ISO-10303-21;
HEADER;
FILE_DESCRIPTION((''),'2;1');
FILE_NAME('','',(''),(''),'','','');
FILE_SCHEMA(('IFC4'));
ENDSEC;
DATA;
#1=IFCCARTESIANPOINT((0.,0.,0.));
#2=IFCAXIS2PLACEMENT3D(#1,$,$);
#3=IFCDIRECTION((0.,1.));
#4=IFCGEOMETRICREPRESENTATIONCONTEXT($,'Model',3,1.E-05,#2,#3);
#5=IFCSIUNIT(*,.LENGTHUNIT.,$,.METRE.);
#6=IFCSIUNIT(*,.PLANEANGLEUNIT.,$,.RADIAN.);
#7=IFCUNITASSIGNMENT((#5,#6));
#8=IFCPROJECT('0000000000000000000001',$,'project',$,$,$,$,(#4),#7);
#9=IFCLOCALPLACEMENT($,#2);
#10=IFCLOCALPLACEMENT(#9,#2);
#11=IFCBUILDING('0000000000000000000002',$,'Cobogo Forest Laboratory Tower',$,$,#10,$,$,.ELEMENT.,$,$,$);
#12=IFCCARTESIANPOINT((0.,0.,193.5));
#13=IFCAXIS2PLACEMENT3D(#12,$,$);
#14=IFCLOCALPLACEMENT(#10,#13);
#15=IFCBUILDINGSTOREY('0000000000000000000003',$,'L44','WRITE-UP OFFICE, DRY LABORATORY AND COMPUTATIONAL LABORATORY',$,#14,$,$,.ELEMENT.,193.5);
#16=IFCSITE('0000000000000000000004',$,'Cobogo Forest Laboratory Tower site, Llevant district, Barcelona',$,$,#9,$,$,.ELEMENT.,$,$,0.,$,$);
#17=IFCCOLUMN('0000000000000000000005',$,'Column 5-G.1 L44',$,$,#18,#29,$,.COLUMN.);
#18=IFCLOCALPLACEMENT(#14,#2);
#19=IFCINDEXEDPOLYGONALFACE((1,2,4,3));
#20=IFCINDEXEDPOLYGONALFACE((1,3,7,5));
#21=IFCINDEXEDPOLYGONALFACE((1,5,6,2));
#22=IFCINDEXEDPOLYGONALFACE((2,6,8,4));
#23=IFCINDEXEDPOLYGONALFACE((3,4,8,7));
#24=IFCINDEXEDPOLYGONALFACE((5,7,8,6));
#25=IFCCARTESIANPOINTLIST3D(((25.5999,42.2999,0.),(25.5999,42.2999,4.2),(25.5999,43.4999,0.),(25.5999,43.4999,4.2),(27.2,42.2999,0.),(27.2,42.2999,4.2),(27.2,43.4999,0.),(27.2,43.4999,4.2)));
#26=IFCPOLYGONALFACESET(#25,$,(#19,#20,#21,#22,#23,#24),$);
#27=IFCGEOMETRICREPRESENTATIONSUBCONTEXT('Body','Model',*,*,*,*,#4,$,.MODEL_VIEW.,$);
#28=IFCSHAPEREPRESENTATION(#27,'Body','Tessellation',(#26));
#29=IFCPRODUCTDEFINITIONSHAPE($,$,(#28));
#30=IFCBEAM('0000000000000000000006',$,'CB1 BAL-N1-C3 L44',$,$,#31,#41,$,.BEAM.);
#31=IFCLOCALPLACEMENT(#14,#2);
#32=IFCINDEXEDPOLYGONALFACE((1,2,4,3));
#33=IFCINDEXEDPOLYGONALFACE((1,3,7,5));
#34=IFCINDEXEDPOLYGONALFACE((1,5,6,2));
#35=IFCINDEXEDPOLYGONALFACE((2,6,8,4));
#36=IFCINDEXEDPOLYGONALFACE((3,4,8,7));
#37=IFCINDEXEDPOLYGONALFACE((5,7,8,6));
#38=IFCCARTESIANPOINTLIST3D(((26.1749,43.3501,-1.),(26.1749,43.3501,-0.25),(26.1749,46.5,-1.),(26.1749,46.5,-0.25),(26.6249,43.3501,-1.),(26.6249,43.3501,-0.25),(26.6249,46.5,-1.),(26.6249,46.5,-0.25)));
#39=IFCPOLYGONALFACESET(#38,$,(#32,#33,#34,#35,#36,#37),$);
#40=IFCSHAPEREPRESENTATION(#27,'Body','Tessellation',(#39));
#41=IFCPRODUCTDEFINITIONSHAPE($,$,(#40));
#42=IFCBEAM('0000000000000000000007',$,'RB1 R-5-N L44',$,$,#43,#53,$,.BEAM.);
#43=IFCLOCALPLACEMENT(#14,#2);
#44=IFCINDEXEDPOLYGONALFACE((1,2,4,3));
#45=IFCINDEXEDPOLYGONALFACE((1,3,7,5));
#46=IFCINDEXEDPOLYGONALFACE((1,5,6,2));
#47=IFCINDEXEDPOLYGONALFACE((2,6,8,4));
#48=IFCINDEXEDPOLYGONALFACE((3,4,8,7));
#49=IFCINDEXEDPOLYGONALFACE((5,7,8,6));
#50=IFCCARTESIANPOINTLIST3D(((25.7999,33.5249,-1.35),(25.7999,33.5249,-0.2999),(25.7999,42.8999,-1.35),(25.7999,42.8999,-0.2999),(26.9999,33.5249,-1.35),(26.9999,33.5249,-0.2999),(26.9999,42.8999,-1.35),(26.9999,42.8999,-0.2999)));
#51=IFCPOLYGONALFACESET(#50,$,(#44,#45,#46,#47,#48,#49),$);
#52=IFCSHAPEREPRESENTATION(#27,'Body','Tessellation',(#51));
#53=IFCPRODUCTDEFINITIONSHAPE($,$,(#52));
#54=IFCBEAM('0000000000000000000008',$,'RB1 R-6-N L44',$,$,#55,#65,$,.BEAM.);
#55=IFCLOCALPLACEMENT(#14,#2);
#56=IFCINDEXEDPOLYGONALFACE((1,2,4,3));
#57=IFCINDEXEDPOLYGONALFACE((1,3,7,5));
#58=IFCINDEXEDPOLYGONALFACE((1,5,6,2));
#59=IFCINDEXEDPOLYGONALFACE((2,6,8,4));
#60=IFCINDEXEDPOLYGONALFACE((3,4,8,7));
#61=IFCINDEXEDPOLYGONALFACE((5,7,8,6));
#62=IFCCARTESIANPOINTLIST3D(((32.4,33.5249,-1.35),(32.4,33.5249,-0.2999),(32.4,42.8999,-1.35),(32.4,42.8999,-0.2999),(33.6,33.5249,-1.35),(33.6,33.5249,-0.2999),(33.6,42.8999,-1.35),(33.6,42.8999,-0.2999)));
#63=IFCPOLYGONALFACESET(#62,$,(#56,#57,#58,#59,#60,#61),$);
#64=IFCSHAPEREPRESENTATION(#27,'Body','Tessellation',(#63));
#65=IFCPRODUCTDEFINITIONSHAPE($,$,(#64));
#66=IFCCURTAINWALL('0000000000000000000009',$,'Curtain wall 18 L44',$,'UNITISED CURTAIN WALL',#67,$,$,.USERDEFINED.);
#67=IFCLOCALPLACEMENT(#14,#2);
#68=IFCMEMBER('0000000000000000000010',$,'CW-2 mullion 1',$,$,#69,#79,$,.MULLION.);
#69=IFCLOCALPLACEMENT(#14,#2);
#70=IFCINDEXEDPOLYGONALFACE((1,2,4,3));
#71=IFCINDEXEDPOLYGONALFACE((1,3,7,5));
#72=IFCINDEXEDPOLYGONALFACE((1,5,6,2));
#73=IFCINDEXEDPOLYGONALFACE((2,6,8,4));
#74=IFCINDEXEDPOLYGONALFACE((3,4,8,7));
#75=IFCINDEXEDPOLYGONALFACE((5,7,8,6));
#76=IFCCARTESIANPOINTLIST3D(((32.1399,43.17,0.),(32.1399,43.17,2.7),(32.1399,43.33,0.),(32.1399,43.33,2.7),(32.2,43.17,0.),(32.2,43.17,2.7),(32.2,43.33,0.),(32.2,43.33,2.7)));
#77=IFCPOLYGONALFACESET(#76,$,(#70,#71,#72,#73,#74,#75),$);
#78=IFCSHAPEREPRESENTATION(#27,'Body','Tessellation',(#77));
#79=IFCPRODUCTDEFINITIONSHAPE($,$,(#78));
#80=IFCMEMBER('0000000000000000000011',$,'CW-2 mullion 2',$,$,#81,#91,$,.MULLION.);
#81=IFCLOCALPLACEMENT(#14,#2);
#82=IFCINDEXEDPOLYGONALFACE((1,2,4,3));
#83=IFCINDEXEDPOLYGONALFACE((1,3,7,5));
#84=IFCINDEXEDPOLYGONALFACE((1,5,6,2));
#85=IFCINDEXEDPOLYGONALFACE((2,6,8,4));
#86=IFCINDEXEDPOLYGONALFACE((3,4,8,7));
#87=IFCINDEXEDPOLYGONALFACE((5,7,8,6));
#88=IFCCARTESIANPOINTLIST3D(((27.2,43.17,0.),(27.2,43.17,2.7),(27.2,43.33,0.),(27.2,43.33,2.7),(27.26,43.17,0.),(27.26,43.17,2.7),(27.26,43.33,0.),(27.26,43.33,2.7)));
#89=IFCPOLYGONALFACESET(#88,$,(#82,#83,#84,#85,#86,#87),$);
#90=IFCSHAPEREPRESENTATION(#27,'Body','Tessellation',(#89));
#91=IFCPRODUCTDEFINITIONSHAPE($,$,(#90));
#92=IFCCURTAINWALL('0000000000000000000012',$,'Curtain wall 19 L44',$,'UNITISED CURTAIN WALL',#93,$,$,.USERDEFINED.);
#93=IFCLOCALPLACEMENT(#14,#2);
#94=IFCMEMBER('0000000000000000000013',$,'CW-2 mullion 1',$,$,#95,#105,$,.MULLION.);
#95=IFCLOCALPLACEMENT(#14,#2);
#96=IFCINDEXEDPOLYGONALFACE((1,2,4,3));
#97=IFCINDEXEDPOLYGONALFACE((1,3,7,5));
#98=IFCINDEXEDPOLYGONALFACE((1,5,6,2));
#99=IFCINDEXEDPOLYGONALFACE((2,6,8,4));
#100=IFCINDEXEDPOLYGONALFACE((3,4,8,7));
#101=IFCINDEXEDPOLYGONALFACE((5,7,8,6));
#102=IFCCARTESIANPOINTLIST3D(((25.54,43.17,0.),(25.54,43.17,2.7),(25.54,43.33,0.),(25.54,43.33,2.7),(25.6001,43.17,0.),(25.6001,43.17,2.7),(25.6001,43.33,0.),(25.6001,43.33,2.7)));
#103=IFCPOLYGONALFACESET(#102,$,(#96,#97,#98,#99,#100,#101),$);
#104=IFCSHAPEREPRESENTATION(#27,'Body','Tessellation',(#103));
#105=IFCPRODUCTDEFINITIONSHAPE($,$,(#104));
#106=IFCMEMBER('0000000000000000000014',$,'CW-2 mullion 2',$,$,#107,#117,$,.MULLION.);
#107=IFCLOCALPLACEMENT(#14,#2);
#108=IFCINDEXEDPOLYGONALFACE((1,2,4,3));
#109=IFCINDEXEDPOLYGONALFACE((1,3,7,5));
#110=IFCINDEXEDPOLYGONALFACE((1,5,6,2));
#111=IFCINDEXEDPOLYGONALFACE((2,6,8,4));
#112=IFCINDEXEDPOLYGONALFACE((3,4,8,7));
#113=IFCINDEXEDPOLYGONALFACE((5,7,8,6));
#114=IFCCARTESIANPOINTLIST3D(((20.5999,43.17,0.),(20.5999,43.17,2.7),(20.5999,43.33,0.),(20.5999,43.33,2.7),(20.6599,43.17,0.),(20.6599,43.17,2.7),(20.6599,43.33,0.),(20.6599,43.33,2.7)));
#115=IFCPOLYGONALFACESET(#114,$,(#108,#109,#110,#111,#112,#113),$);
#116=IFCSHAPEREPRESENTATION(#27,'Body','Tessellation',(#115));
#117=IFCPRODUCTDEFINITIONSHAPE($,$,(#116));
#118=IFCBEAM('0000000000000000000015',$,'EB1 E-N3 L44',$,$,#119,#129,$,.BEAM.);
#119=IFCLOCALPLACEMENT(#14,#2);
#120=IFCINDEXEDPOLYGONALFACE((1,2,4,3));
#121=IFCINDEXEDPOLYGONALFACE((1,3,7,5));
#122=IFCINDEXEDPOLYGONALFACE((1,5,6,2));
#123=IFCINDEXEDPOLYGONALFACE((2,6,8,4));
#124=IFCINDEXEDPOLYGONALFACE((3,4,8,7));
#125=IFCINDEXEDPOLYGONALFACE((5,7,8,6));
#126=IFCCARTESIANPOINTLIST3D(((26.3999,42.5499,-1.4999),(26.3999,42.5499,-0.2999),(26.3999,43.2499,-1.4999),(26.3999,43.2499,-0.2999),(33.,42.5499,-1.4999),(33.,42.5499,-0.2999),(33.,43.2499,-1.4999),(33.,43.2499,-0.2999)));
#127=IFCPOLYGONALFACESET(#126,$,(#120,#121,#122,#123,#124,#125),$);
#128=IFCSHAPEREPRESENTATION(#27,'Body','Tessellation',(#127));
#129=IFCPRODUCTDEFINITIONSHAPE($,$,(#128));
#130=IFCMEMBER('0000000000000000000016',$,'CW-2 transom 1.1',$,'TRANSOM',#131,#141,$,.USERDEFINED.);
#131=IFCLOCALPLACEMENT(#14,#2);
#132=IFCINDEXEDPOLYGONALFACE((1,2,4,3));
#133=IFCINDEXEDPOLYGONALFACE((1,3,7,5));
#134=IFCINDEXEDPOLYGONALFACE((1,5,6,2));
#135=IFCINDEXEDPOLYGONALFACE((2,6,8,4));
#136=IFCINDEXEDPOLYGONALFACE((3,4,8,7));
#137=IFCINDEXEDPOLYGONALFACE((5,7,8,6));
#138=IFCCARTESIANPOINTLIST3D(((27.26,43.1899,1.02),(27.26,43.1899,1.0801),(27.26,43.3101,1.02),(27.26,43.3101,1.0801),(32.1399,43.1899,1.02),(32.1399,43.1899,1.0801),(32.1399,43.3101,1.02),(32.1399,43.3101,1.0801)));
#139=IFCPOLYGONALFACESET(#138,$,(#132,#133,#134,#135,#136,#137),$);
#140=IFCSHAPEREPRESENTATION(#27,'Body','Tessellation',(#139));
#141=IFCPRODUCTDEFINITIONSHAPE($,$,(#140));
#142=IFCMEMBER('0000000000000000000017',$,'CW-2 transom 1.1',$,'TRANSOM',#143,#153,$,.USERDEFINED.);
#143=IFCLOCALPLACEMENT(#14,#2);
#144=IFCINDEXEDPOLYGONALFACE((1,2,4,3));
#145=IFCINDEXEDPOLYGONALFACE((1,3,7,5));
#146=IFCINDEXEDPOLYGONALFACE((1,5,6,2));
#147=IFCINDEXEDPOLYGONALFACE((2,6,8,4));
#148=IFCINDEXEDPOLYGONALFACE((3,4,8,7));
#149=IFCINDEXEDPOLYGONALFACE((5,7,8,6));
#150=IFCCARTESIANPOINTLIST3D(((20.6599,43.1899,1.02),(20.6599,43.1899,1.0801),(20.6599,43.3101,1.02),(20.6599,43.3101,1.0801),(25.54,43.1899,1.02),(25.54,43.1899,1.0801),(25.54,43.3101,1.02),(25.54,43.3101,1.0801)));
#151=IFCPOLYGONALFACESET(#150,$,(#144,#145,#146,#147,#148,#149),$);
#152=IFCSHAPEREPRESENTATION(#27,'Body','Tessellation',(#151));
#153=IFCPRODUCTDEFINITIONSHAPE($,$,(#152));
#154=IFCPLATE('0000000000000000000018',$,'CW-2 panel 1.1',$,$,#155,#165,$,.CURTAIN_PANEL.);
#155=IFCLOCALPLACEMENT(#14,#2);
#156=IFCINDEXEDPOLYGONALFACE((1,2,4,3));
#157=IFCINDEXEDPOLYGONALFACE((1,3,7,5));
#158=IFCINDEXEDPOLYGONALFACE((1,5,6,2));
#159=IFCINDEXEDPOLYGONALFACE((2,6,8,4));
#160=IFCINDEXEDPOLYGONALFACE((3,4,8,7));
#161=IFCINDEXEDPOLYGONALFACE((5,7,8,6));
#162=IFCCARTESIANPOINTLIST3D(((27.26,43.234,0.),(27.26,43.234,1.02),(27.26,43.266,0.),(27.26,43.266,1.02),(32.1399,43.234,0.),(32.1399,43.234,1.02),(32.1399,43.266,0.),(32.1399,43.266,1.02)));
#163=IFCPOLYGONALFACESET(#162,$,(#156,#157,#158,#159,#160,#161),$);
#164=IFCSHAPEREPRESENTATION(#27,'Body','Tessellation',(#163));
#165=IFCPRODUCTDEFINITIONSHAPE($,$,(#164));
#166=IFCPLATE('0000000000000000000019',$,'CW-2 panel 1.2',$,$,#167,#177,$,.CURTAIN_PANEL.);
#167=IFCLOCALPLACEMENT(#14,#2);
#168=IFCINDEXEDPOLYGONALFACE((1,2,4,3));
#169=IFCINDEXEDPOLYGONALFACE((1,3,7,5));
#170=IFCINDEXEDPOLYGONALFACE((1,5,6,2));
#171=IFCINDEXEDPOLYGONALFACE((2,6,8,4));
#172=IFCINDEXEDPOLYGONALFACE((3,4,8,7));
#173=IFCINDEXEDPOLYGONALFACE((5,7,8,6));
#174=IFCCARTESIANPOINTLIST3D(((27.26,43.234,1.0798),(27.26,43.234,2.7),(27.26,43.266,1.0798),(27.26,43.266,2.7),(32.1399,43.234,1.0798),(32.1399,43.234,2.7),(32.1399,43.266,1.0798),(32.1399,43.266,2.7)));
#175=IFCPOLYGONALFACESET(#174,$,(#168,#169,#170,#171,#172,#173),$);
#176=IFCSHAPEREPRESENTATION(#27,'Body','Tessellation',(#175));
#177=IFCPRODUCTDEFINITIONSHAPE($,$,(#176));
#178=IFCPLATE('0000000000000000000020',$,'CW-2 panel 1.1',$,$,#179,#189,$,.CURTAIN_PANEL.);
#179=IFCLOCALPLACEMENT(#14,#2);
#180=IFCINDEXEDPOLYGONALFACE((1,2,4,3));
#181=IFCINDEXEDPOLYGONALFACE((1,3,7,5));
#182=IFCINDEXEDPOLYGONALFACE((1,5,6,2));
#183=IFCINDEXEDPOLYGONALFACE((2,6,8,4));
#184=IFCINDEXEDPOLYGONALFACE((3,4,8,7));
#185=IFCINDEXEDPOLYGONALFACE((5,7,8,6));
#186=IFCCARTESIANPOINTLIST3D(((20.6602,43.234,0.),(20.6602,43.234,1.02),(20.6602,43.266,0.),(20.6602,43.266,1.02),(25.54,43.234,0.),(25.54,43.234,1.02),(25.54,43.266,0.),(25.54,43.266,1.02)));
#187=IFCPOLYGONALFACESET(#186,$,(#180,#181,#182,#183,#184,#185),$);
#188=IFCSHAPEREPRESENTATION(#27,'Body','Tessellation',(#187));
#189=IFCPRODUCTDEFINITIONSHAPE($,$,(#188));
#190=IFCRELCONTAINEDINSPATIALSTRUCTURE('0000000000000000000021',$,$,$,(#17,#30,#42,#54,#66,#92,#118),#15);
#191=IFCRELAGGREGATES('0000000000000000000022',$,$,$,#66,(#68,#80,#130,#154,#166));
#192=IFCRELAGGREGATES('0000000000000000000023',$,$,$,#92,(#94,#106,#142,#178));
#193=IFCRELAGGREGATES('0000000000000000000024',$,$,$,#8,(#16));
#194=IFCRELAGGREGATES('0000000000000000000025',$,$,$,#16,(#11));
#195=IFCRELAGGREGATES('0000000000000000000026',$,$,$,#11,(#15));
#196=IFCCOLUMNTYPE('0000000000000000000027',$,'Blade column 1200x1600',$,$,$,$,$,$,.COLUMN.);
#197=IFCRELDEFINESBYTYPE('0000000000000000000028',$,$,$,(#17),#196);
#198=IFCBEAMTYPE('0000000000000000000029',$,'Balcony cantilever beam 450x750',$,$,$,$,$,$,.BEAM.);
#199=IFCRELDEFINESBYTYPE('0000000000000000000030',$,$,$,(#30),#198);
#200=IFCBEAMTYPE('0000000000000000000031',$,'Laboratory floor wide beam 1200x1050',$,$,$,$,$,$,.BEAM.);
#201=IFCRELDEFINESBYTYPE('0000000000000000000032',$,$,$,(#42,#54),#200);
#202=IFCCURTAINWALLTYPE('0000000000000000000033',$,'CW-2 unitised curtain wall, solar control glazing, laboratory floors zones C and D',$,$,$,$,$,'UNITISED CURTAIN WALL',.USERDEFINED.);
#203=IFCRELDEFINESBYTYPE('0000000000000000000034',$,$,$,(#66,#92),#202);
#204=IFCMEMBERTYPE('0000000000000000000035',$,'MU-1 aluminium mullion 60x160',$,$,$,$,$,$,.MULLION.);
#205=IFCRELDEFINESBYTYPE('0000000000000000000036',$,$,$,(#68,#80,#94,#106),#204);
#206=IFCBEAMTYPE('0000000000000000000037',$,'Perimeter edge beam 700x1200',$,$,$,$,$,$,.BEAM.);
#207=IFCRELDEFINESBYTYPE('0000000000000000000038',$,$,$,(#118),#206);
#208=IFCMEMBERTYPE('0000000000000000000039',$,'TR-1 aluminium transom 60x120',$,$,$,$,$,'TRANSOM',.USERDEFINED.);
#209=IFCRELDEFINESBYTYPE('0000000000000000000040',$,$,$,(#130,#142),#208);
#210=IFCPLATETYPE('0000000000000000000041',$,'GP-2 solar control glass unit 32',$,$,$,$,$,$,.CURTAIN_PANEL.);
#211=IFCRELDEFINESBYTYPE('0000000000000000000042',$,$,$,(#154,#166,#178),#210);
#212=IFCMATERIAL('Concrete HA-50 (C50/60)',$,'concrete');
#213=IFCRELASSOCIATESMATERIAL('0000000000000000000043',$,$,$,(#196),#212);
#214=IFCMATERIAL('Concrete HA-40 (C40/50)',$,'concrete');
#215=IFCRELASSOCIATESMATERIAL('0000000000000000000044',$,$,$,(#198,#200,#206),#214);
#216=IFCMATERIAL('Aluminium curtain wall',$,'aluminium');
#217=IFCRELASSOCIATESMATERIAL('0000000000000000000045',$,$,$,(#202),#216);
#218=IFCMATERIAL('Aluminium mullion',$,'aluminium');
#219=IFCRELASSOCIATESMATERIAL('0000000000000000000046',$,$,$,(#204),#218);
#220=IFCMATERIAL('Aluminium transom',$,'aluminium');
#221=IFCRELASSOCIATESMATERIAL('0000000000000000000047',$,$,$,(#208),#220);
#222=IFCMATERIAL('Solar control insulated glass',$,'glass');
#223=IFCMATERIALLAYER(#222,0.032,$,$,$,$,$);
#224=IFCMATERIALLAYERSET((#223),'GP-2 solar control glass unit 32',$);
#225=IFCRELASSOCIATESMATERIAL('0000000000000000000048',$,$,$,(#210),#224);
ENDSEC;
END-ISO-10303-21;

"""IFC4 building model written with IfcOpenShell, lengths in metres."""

from ifc_helpers import new_model, si_unit, direction, frame, origin, origin_2d, place, context, subcontext, project, spatial, rectangle, extrude, material, layer, layer_set, material_profile, profile_set, type_object, element, aggregate, save


model = new_model("IFC4")

# Units and contexts
model_context = context("Model", 3, precision=1e-05, world=origin(), true_north=direction((0.0, 1.0)))
body_context = subcontext(model_context, "Body", "Model", "MODEL_VIEW")
ifc_project = project(units=[si_unit("LENGTHUNIT", "METRE"), si_unit("PLANEANGLEUNIT", "RADIAN")], contexts=[model_context])

# Site, building, storey
site_placement = place(None, origin())
site = spatial("IfcSite", under=ifc_project, at=site_placement, Name="Cobogo Forest Laboratory Tower site, Llevant district, Barcelona", CompositionType="ELEMENT", RefElevation=0.0)
building_placement = place(site_placement, origin())
building = spatial("IfcBuilding", under=site, at=building_placement, Name="Cobogo Forest Laboratory Tower", CompositionType="ELEMENT")
storey_placement = place(building_placement, frame((0.0, 0.0, 193.5)))
storey = spatial("IfcBuildingStorey", under=building, at=storey_placement, Name="L44", Description="WRITE-UP OFFICE, DRY LABORATORY AND COMPUTATIONAL LABORATORY", CompositionType="ELEMENT", Elevation=193.5)

# Column
ifc_material_1 = material(Name="Concrete HA-50 (C50/60)", Category="concrete")
ifc_material_profile_1 = material_profile(ifc_material_1, rectangle(XDim=1.6001, YDim=1.2, at=origin_2d()), Name="RC 1200x1600")
ifc_profile_set_1 = profile_set([ifc_material_profile_1], Name="Concrete HA-50 (C50/60)")
column_type = type_object("IfcColumnType", Name="Blade column 1200x1600", PredefinedType="COLUMN", material=ifc_profile_set_1)
column_placement = place(storey_placement, frame((26.3999, 42.8999, 0.0), z_axis=(0.0, 0.0, 1.0), x_axis=(1.0, 0.0, 0.0)))
element("IfcColumn", 1, at=column_placement, inside=storey, type_object=column_type, Name="Column 5-G.1 L44", PredefinedType="COLUMN", context=body_context, shape_type="SweptSolid", body=[
    extrude(rectangle(XDim=1.6001, YDim=1.2, at=origin_2d()), origin(), (0.0, 0.0, 1.0), 4.2),
])

# Beams
ifc_material_2 = material(Name="Concrete HA-40 (C40/50)", Category="concrete")
ifc_material_profile_2 = material_profile(ifc_material_2, rectangle(XDim=0.45, YDim=0.75, at=origin_2d()), Name="RC 450x750")
ifc_profile_set_2 = profile_set([ifc_material_profile_2], Name="Concrete HA-40 (C40/50)")
beam_type_1 = type_object("IfcBeamType", Name="Balcony cantilever beam 450x750", PredefinedType="BEAM", material=ifc_profile_set_2)
beam_1_placement = place(storey_placement, frame((26.3999, 43.3501, -0.625), z_axis=(0.0, 1.0, 0.0), x_axis=(-1.0, 0.0, 0.0)))
element("IfcBeam", 2, at=beam_1_placement, inside=storey, type_object=beam_type_1, Name="CB1 BAL-N1-C3 L44", PredefinedType="BEAM", context=body_context, shape_type="SweptSolid", body=[
    extrude(rectangle(XDim=0.45, YDim=0.75, at=origin_2d()), origin(), (0.0, 0.0, 1.0), 3.1499),
])
ifc_material_profile_3 = material_profile(ifc_material_2, rectangle(XDim=1.2, YDim=1.05, at=origin_2d()), Name="RC 1200x1050")
ifc_profile_set_3 = profile_set([ifc_material_profile_3], Name="Concrete HA-40 (C40/50)")
beam_type_2 = type_object("IfcBeamType", Name="Laboratory floor wide beam 1200x1050", PredefinedType="BEAM", material=ifc_profile_set_3)
for number, where, z_axis, x_axis, name in (
    (3, (26.3999, 33.5249, -0.825), (0.0, 1.0, 0.0), (-1.0, 0.0, 0.0), "RB1 R-5-N L44"),
    (4, (33.0, 33.5249, -0.825), (0.0, 1.0, 0.0), (-1.0, 0.0, 0.0), "RB1 R-6-N L44"),
):
    element("IfcBeam", number, at=place(storey_placement, frame(where, z_axis=z_axis, x_axis=x_axis)), inside=storey, type_object=beam_type_2, Name=name, PredefinedType="BEAM", context=body_context, shape_type="SweptSolid", body=[
        extrude(rectangle(XDim=1.2, YDim=1.05, at=origin_2d()), origin(), (0.0, 0.0, 1.0), 9.375),
    ])

# Curtain walls, members
ifc_material_3 = material(Name="Aluminium curtain wall", Category="aluminium")
curtain_wall_type = type_object("IfcCurtainWallType", Name="CW-2 unitised curtain wall, solar control glazing, laboratory floors zones C and D", ElementType="UNITISED CURTAIN WALL", PredefinedType="USERDEFINED", material=ifc_material_3)
curtain_wall_1_placement = place(storey_placement, origin())
curtain_wall_1 = element("IfcCurtainWall", 5, at=curtain_wall_1_placement, inside=storey, type_object=curtain_wall_type, Name="Curtain wall 18 L44", ObjectType="UNITISED CURTAIN WALL", PredefinedType="USERDEFINED")
ifc_material_4 = material(Name="Aluminium mullion", Category="aluminium")
ifc_material_profile_4 = material_profile(ifc_material_4, rectangle(XDim=0.0601, YDim=0.1599, at=origin_2d()), Name="AL 60x160")
ifc_profile_set_4 = profile_set([ifc_material_profile_4], Name="Aluminium mullion")
member_type_1 = type_object("IfcMemberType", Name="MU-1 aluminium mullion 60x160", PredefinedType="MULLION", material=ifc_profile_set_4)
member_1_placement = place(storey_placement, frame((32.1699, 43.25, 0.0), z_axis=(0.0, 0.0, 1.0), x_axis=(-1.0, 0.0, 0.0)))
member_1 = element("IfcMember", 6, at=member_1_placement, type_object=member_type_1, Name="CW-2 mullion 1", PredefinedType="MULLION", context=body_context, shape_type="SweptSolid", body=[
    extrude(rectangle(XDim=0.0601, YDim=0.1599, at=origin_2d()), origin(), (0.0, 0.0, 1.0), 2.7),
])
member_2_placement = place(storey_placement, frame((27.23, 43.25, 0.0), z_axis=(0.0, 0.0, 1.0), x_axis=(-1.0, 0.0, 0.0)))
member_2 = element("IfcMember", 7, at=member_2_placement, type_object=member_type_1, Name="CW-2 mullion 2", PredefinedType="MULLION", context=body_context, shape_type="SweptSolid", body=[
    extrude(rectangle(XDim=0.0601, YDim=0.1599, at=origin_2d()), origin(), (0.0, 0.0, 1.0), 2.7),
])
curtain_wall_2_placement = place(storey_placement, origin())
curtain_wall_2 = element("IfcCurtainWall", 8, at=curtain_wall_2_placement, inside=storey, type_object=curtain_wall_type, Name="Curtain wall 19 L44", ObjectType="UNITISED CURTAIN WALL", PredefinedType="USERDEFINED")
member_3_placement = place(storey_placement, frame((25.5701, 43.25, 0.0), z_axis=(0.0, 0.0, 1.0), x_axis=(-1.0, 0.0, 0.0)))
member_3 = element("IfcMember", 9, at=member_3_placement, type_object=member_type_1, Name="CW-2 mullion 1", PredefinedType="MULLION", context=body_context, shape_type="SweptSolid", body=[
    extrude(rectangle(XDim=0.0601, YDim=0.1599, at=origin_2d()), origin(), (0.0, 0.0, 1.0), 2.7),
])
member_4_placement = place(storey_placement, frame((20.6299, 43.25, 0.0), z_axis=(0.0, 0.0, 1.0), x_axis=(-1.0, 0.0, 0.0)))
member_4 = element("IfcMember", 10, at=member_4_placement, type_object=member_type_1, Name="CW-2 mullion 2", PredefinedType="MULLION", context=body_context, shape_type="SweptSolid", body=[
    extrude(rectangle(XDim=0.0601, YDim=0.1599, at=origin_2d()), origin(), (0.0, 0.0, 1.0), 2.7),
])

# Beam
ifc_material_profile_5 = material_profile(ifc_material_2, rectangle(XDim=0.7, YDim=1.2, at=origin_2d()), Name="RC 700x1200")
ifc_profile_set_5 = profile_set([ifc_material_profile_5], Name="Concrete HA-40 (C40/50)")
beam_type_3 = type_object("IfcBeamType", Name="Perimeter edge beam 700x1200", PredefinedType="BEAM", material=ifc_profile_set_5)
beam_2_placement = place(storey_placement, frame((26.3999, 42.8999, -0.8999), z_axis=(1.0, 0.0, 0.0), x_axis=(0.0, 1.0, 0.0)))
element("IfcBeam", 11, at=beam_2_placement, inside=storey, type_object=beam_type_3, Name="EB1 E-N3 L44", PredefinedType="BEAM", context=body_context, shape_type="SweptSolid", body=[
    extrude(rectangle(XDim=0.7, YDim=1.2, at=origin_2d()), origin(), (0.0, 0.0, 1.0), 6.6001),
])

# Members
ifc_material_5 = material(Name="Aluminium transom", Category="aluminium")
ifc_material_profile_6 = material_profile(ifc_material_5, rectangle(XDim=0.1201, YDim=0.0601, at=origin_2d()), Name="AL 60x120")
ifc_profile_set_6 = profile_set([ifc_material_profile_6], Name="Aluminium transom")
member_type_2 = type_object("IfcMemberType", Name="TR-1 aluminium transom 60x120", ElementType="TRANSOM", PredefinedType="USERDEFINED", material=ifc_profile_set_6)
member_5_placement = place(storey_placement, frame((32.1399, 43.25, 1.05), z_axis=(-1.0, 0.0, 0.0), x_axis=(0.0, -1.0, 0.0)))
member_5 = element("IfcMember", 12, at=member_5_placement, type_object=member_type_2, Name="CW-2 transom 1.1", ObjectType="TRANSOM", PredefinedType="USERDEFINED", context=body_context, shape_type="SweptSolid", body=[
    extrude(rectangle(XDim=0.1201, YDim=0.0601, at=origin_2d()), origin(), (0.0, 0.0, 1.0), 4.8799),
])
member_6_placement = place(storey_placement, frame((25.54, 43.25, 1.05), z_axis=(-1.0, 0.0, 0.0), x_axis=(0.0, -1.0, 0.0)))
member_6 = element("IfcMember", 13, at=member_6_placement, type_object=member_type_2, Name="CW-2 transom 1.1", ObjectType="TRANSOM", PredefinedType="USERDEFINED", context=body_context, shape_type="SweptSolid", body=[
    extrude(rectangle(XDim=0.1201, YDim=0.0601, at=origin_2d()), origin(), (0.0, 0.0, 1.0), 4.8801),
])

# Plates
ifc_material_6 = material(Name="Solar control insulated glass", Category="glass")
ifc_layer_1 = layer(ifc_material_6, 0.032)
ifc_layer_set_1 = layer_set([ifc_layer_1], Name="GP-2 solar control glass unit 32")
plate_type_1 = type_object("IfcPlateType", Name="GP-2 solar control glass unit 32", PredefinedType="CURTAIN_PANEL", material=ifc_layer_set_1)
plate_1_placement = place(storey_placement, frame((29.7, 43.25, 0.0), z_axis=(0.0, 0.0, 1.0), x_axis=(-1.0, 0.0, 0.0)))
plate_1 = element("IfcPlate", 14, at=plate_1_placement, type_object=plate_type_1, Name="CW-2 panel 1.1", PredefinedType="CURTAIN_PANEL", context=body_context, shape_type="SweptSolid", body=[
    extrude(rectangle(XDim=4.8799, YDim=0.032, at=origin_2d()), origin(), (0.0, 0.0, 1.0), 1.02),
])
plate_2_placement = place(storey_placement, frame((29.7, 43.25, 1.0798), z_axis=(0.0, 0.0, 1.0), x_axis=(-1.0, 0.0, 0.0)))
plate_2 = element("IfcPlate", 15, at=plate_2_placement, type_object=plate_type_1, Name="CW-2 panel 1.2", PredefinedType="CURTAIN_PANEL", context=body_context, shape_type="SweptSolid", body=[
    extrude(rectangle(XDim=4.8799, YDim=0.032, at=origin_2d()), origin(), (0.0, 0.0, 1.0), 1.6201),
])
aggregate(curtain_wall_1, [member_1, member_2, member_5, plate_1, plate_2])
plate_3_placement = place(storey_placement, frame((23.1001, 43.25, 0.0), z_axis=(0.0, 0.0, 1.0), x_axis=(-1.0, 0.0, 0.0)))
plate_3 = element("IfcPlate", 16, at=plate_3_placement, type_object=plate_type_1, Name="CW-2 panel 1.1", PredefinedType="CURTAIN_PANEL", context=body_context, shape_type="SweptSolid", body=[
    extrude(rectangle(XDim=4.8799, YDim=0.032, at=origin_2d()), origin(), (0.0, 0.0, 1.0), 1.02),
])
aggregate(curtain_wall_2, [member_3, member_4, member_6, plate_3])

save(model, "model.ifc")
